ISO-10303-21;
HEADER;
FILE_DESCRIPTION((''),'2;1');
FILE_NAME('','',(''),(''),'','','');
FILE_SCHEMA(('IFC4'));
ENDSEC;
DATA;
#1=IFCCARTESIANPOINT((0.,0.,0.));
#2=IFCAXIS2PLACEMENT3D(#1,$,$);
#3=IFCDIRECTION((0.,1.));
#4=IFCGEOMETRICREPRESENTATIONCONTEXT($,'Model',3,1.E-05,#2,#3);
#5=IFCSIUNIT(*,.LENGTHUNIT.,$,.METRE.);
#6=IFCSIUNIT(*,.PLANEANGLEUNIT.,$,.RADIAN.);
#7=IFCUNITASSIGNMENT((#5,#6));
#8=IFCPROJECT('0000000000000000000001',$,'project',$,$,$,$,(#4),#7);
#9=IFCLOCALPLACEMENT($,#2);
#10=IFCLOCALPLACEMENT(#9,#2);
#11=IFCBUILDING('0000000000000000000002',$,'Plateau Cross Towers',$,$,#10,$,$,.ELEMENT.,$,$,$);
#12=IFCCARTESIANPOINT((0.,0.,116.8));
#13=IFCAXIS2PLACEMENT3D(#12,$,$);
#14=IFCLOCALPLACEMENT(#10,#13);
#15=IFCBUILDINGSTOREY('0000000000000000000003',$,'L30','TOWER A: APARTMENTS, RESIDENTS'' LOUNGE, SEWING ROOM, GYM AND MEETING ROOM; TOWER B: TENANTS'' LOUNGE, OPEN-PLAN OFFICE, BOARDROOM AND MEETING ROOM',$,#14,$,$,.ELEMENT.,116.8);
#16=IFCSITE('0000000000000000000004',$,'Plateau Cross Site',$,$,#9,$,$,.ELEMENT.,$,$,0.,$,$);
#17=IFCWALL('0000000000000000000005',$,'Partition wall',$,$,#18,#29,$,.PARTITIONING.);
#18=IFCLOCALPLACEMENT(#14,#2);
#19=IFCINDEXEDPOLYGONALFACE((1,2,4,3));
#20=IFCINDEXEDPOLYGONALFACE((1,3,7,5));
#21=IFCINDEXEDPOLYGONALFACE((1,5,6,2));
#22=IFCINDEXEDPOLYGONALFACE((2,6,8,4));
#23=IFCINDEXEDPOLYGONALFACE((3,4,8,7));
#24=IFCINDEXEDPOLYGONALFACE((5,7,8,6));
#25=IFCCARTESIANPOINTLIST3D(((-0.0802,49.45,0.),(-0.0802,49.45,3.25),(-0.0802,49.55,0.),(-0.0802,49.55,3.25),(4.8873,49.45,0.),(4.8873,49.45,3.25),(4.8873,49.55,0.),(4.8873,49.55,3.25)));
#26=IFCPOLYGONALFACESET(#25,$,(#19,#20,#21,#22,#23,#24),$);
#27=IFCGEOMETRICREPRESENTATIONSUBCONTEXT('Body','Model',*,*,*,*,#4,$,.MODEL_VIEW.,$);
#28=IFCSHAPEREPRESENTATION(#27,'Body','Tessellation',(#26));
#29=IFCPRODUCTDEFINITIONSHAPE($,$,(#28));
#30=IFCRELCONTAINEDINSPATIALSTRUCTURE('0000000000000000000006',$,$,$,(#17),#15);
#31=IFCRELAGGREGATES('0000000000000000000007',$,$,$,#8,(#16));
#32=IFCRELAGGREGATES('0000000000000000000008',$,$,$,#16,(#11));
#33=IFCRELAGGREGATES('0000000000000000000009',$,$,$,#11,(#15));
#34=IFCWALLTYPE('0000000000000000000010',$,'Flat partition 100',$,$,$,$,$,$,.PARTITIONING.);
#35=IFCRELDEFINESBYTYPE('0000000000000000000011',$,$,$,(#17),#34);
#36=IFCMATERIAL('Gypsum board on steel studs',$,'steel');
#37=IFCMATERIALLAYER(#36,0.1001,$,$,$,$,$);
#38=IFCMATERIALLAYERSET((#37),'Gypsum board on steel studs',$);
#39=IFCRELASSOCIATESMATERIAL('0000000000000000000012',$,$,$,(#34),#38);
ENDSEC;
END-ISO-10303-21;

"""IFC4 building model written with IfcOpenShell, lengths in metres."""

from ifc_helpers import new_model, si_unit, direction, frame, frame_2d, origin, place, context, subcontext, project, spatial, rectangle, extrude, material, layer, layer_set, type_object, element, save


model = new_model("IFC4")

# Units and contexts
model_context = context("Model", 3, precision=1e-05, world=origin(), true_north=direction((0.0, 1.0)))
body_context = subcontext(model_context, "Body", "Model", "MODEL_VIEW")
ifc_project = project(units=[si_unit("LENGTHUNIT", "METRE"), si_unit("PLANEANGLEUNIT", "RADIAN")], contexts=[model_context])

# Site, building, storey
site_placement = place(None, origin())
site = spatial("IfcSite", under=ifc_project, at=site_placement, Name="Plateau Cross Site", CompositionType="ELEMENT", RefElevation=0.0)
building_placement = place(site_placement, origin())
building = spatial("IfcBuilding", under=site, at=building_placement, Name="Plateau Cross Towers", CompositionType="ELEMENT")
storey_placement = place(building_placement, frame((0.0, 0.0, 116.8)))
storey = spatial("IfcBuildingStorey", under=building, at=storey_placement, Name="L30", Description="TOWER A: APARTMENTS, RESIDENTS' LOUNGE, SEWING ROOM, GYM AND MEETING ROOM; TOWER B: TENANTS' LOUNGE, OPEN-PLAN OFFICE, BOARDROOM AND MEETING ROOM", CompositionType="ELEMENT", Elevation=116.8)

# Wall
ifc_material_1 = material(Name="Gypsum board on steel studs", Category="steel")
ifc_layer_1 = layer(ifc_material_1, 0.1001)
ifc_layer_set_1 = layer_set([ifc_layer_1], Name="Gypsum board on steel studs")
wall_type = type_object("IfcWallType", Name="Flat partition 100", PredefinedType="PARTITIONING", material=ifc_layer_set_1)
wall_placement = place(storey_placement, frame((4.8875, 49.5, 0.0), z_axis=(0.0, 0.0, 1.0), x_axis=(-1.0, 0.0, 0.0)))
element("IfcWall", 1, at=wall_placement, inside=storey, type_object=wall_type, Name="Partition wall", PredefinedType="PARTITIONING", context=body_context, shape_type="SweptSolid", body=[
    extrude(rectangle(XDim=4.9675, YDim=0.1001, at=frame_2d((2.4839, 0.0))), origin(), (0.0, 0.0, 1.0), 3.25),
])

save(model, "model.ifc")
